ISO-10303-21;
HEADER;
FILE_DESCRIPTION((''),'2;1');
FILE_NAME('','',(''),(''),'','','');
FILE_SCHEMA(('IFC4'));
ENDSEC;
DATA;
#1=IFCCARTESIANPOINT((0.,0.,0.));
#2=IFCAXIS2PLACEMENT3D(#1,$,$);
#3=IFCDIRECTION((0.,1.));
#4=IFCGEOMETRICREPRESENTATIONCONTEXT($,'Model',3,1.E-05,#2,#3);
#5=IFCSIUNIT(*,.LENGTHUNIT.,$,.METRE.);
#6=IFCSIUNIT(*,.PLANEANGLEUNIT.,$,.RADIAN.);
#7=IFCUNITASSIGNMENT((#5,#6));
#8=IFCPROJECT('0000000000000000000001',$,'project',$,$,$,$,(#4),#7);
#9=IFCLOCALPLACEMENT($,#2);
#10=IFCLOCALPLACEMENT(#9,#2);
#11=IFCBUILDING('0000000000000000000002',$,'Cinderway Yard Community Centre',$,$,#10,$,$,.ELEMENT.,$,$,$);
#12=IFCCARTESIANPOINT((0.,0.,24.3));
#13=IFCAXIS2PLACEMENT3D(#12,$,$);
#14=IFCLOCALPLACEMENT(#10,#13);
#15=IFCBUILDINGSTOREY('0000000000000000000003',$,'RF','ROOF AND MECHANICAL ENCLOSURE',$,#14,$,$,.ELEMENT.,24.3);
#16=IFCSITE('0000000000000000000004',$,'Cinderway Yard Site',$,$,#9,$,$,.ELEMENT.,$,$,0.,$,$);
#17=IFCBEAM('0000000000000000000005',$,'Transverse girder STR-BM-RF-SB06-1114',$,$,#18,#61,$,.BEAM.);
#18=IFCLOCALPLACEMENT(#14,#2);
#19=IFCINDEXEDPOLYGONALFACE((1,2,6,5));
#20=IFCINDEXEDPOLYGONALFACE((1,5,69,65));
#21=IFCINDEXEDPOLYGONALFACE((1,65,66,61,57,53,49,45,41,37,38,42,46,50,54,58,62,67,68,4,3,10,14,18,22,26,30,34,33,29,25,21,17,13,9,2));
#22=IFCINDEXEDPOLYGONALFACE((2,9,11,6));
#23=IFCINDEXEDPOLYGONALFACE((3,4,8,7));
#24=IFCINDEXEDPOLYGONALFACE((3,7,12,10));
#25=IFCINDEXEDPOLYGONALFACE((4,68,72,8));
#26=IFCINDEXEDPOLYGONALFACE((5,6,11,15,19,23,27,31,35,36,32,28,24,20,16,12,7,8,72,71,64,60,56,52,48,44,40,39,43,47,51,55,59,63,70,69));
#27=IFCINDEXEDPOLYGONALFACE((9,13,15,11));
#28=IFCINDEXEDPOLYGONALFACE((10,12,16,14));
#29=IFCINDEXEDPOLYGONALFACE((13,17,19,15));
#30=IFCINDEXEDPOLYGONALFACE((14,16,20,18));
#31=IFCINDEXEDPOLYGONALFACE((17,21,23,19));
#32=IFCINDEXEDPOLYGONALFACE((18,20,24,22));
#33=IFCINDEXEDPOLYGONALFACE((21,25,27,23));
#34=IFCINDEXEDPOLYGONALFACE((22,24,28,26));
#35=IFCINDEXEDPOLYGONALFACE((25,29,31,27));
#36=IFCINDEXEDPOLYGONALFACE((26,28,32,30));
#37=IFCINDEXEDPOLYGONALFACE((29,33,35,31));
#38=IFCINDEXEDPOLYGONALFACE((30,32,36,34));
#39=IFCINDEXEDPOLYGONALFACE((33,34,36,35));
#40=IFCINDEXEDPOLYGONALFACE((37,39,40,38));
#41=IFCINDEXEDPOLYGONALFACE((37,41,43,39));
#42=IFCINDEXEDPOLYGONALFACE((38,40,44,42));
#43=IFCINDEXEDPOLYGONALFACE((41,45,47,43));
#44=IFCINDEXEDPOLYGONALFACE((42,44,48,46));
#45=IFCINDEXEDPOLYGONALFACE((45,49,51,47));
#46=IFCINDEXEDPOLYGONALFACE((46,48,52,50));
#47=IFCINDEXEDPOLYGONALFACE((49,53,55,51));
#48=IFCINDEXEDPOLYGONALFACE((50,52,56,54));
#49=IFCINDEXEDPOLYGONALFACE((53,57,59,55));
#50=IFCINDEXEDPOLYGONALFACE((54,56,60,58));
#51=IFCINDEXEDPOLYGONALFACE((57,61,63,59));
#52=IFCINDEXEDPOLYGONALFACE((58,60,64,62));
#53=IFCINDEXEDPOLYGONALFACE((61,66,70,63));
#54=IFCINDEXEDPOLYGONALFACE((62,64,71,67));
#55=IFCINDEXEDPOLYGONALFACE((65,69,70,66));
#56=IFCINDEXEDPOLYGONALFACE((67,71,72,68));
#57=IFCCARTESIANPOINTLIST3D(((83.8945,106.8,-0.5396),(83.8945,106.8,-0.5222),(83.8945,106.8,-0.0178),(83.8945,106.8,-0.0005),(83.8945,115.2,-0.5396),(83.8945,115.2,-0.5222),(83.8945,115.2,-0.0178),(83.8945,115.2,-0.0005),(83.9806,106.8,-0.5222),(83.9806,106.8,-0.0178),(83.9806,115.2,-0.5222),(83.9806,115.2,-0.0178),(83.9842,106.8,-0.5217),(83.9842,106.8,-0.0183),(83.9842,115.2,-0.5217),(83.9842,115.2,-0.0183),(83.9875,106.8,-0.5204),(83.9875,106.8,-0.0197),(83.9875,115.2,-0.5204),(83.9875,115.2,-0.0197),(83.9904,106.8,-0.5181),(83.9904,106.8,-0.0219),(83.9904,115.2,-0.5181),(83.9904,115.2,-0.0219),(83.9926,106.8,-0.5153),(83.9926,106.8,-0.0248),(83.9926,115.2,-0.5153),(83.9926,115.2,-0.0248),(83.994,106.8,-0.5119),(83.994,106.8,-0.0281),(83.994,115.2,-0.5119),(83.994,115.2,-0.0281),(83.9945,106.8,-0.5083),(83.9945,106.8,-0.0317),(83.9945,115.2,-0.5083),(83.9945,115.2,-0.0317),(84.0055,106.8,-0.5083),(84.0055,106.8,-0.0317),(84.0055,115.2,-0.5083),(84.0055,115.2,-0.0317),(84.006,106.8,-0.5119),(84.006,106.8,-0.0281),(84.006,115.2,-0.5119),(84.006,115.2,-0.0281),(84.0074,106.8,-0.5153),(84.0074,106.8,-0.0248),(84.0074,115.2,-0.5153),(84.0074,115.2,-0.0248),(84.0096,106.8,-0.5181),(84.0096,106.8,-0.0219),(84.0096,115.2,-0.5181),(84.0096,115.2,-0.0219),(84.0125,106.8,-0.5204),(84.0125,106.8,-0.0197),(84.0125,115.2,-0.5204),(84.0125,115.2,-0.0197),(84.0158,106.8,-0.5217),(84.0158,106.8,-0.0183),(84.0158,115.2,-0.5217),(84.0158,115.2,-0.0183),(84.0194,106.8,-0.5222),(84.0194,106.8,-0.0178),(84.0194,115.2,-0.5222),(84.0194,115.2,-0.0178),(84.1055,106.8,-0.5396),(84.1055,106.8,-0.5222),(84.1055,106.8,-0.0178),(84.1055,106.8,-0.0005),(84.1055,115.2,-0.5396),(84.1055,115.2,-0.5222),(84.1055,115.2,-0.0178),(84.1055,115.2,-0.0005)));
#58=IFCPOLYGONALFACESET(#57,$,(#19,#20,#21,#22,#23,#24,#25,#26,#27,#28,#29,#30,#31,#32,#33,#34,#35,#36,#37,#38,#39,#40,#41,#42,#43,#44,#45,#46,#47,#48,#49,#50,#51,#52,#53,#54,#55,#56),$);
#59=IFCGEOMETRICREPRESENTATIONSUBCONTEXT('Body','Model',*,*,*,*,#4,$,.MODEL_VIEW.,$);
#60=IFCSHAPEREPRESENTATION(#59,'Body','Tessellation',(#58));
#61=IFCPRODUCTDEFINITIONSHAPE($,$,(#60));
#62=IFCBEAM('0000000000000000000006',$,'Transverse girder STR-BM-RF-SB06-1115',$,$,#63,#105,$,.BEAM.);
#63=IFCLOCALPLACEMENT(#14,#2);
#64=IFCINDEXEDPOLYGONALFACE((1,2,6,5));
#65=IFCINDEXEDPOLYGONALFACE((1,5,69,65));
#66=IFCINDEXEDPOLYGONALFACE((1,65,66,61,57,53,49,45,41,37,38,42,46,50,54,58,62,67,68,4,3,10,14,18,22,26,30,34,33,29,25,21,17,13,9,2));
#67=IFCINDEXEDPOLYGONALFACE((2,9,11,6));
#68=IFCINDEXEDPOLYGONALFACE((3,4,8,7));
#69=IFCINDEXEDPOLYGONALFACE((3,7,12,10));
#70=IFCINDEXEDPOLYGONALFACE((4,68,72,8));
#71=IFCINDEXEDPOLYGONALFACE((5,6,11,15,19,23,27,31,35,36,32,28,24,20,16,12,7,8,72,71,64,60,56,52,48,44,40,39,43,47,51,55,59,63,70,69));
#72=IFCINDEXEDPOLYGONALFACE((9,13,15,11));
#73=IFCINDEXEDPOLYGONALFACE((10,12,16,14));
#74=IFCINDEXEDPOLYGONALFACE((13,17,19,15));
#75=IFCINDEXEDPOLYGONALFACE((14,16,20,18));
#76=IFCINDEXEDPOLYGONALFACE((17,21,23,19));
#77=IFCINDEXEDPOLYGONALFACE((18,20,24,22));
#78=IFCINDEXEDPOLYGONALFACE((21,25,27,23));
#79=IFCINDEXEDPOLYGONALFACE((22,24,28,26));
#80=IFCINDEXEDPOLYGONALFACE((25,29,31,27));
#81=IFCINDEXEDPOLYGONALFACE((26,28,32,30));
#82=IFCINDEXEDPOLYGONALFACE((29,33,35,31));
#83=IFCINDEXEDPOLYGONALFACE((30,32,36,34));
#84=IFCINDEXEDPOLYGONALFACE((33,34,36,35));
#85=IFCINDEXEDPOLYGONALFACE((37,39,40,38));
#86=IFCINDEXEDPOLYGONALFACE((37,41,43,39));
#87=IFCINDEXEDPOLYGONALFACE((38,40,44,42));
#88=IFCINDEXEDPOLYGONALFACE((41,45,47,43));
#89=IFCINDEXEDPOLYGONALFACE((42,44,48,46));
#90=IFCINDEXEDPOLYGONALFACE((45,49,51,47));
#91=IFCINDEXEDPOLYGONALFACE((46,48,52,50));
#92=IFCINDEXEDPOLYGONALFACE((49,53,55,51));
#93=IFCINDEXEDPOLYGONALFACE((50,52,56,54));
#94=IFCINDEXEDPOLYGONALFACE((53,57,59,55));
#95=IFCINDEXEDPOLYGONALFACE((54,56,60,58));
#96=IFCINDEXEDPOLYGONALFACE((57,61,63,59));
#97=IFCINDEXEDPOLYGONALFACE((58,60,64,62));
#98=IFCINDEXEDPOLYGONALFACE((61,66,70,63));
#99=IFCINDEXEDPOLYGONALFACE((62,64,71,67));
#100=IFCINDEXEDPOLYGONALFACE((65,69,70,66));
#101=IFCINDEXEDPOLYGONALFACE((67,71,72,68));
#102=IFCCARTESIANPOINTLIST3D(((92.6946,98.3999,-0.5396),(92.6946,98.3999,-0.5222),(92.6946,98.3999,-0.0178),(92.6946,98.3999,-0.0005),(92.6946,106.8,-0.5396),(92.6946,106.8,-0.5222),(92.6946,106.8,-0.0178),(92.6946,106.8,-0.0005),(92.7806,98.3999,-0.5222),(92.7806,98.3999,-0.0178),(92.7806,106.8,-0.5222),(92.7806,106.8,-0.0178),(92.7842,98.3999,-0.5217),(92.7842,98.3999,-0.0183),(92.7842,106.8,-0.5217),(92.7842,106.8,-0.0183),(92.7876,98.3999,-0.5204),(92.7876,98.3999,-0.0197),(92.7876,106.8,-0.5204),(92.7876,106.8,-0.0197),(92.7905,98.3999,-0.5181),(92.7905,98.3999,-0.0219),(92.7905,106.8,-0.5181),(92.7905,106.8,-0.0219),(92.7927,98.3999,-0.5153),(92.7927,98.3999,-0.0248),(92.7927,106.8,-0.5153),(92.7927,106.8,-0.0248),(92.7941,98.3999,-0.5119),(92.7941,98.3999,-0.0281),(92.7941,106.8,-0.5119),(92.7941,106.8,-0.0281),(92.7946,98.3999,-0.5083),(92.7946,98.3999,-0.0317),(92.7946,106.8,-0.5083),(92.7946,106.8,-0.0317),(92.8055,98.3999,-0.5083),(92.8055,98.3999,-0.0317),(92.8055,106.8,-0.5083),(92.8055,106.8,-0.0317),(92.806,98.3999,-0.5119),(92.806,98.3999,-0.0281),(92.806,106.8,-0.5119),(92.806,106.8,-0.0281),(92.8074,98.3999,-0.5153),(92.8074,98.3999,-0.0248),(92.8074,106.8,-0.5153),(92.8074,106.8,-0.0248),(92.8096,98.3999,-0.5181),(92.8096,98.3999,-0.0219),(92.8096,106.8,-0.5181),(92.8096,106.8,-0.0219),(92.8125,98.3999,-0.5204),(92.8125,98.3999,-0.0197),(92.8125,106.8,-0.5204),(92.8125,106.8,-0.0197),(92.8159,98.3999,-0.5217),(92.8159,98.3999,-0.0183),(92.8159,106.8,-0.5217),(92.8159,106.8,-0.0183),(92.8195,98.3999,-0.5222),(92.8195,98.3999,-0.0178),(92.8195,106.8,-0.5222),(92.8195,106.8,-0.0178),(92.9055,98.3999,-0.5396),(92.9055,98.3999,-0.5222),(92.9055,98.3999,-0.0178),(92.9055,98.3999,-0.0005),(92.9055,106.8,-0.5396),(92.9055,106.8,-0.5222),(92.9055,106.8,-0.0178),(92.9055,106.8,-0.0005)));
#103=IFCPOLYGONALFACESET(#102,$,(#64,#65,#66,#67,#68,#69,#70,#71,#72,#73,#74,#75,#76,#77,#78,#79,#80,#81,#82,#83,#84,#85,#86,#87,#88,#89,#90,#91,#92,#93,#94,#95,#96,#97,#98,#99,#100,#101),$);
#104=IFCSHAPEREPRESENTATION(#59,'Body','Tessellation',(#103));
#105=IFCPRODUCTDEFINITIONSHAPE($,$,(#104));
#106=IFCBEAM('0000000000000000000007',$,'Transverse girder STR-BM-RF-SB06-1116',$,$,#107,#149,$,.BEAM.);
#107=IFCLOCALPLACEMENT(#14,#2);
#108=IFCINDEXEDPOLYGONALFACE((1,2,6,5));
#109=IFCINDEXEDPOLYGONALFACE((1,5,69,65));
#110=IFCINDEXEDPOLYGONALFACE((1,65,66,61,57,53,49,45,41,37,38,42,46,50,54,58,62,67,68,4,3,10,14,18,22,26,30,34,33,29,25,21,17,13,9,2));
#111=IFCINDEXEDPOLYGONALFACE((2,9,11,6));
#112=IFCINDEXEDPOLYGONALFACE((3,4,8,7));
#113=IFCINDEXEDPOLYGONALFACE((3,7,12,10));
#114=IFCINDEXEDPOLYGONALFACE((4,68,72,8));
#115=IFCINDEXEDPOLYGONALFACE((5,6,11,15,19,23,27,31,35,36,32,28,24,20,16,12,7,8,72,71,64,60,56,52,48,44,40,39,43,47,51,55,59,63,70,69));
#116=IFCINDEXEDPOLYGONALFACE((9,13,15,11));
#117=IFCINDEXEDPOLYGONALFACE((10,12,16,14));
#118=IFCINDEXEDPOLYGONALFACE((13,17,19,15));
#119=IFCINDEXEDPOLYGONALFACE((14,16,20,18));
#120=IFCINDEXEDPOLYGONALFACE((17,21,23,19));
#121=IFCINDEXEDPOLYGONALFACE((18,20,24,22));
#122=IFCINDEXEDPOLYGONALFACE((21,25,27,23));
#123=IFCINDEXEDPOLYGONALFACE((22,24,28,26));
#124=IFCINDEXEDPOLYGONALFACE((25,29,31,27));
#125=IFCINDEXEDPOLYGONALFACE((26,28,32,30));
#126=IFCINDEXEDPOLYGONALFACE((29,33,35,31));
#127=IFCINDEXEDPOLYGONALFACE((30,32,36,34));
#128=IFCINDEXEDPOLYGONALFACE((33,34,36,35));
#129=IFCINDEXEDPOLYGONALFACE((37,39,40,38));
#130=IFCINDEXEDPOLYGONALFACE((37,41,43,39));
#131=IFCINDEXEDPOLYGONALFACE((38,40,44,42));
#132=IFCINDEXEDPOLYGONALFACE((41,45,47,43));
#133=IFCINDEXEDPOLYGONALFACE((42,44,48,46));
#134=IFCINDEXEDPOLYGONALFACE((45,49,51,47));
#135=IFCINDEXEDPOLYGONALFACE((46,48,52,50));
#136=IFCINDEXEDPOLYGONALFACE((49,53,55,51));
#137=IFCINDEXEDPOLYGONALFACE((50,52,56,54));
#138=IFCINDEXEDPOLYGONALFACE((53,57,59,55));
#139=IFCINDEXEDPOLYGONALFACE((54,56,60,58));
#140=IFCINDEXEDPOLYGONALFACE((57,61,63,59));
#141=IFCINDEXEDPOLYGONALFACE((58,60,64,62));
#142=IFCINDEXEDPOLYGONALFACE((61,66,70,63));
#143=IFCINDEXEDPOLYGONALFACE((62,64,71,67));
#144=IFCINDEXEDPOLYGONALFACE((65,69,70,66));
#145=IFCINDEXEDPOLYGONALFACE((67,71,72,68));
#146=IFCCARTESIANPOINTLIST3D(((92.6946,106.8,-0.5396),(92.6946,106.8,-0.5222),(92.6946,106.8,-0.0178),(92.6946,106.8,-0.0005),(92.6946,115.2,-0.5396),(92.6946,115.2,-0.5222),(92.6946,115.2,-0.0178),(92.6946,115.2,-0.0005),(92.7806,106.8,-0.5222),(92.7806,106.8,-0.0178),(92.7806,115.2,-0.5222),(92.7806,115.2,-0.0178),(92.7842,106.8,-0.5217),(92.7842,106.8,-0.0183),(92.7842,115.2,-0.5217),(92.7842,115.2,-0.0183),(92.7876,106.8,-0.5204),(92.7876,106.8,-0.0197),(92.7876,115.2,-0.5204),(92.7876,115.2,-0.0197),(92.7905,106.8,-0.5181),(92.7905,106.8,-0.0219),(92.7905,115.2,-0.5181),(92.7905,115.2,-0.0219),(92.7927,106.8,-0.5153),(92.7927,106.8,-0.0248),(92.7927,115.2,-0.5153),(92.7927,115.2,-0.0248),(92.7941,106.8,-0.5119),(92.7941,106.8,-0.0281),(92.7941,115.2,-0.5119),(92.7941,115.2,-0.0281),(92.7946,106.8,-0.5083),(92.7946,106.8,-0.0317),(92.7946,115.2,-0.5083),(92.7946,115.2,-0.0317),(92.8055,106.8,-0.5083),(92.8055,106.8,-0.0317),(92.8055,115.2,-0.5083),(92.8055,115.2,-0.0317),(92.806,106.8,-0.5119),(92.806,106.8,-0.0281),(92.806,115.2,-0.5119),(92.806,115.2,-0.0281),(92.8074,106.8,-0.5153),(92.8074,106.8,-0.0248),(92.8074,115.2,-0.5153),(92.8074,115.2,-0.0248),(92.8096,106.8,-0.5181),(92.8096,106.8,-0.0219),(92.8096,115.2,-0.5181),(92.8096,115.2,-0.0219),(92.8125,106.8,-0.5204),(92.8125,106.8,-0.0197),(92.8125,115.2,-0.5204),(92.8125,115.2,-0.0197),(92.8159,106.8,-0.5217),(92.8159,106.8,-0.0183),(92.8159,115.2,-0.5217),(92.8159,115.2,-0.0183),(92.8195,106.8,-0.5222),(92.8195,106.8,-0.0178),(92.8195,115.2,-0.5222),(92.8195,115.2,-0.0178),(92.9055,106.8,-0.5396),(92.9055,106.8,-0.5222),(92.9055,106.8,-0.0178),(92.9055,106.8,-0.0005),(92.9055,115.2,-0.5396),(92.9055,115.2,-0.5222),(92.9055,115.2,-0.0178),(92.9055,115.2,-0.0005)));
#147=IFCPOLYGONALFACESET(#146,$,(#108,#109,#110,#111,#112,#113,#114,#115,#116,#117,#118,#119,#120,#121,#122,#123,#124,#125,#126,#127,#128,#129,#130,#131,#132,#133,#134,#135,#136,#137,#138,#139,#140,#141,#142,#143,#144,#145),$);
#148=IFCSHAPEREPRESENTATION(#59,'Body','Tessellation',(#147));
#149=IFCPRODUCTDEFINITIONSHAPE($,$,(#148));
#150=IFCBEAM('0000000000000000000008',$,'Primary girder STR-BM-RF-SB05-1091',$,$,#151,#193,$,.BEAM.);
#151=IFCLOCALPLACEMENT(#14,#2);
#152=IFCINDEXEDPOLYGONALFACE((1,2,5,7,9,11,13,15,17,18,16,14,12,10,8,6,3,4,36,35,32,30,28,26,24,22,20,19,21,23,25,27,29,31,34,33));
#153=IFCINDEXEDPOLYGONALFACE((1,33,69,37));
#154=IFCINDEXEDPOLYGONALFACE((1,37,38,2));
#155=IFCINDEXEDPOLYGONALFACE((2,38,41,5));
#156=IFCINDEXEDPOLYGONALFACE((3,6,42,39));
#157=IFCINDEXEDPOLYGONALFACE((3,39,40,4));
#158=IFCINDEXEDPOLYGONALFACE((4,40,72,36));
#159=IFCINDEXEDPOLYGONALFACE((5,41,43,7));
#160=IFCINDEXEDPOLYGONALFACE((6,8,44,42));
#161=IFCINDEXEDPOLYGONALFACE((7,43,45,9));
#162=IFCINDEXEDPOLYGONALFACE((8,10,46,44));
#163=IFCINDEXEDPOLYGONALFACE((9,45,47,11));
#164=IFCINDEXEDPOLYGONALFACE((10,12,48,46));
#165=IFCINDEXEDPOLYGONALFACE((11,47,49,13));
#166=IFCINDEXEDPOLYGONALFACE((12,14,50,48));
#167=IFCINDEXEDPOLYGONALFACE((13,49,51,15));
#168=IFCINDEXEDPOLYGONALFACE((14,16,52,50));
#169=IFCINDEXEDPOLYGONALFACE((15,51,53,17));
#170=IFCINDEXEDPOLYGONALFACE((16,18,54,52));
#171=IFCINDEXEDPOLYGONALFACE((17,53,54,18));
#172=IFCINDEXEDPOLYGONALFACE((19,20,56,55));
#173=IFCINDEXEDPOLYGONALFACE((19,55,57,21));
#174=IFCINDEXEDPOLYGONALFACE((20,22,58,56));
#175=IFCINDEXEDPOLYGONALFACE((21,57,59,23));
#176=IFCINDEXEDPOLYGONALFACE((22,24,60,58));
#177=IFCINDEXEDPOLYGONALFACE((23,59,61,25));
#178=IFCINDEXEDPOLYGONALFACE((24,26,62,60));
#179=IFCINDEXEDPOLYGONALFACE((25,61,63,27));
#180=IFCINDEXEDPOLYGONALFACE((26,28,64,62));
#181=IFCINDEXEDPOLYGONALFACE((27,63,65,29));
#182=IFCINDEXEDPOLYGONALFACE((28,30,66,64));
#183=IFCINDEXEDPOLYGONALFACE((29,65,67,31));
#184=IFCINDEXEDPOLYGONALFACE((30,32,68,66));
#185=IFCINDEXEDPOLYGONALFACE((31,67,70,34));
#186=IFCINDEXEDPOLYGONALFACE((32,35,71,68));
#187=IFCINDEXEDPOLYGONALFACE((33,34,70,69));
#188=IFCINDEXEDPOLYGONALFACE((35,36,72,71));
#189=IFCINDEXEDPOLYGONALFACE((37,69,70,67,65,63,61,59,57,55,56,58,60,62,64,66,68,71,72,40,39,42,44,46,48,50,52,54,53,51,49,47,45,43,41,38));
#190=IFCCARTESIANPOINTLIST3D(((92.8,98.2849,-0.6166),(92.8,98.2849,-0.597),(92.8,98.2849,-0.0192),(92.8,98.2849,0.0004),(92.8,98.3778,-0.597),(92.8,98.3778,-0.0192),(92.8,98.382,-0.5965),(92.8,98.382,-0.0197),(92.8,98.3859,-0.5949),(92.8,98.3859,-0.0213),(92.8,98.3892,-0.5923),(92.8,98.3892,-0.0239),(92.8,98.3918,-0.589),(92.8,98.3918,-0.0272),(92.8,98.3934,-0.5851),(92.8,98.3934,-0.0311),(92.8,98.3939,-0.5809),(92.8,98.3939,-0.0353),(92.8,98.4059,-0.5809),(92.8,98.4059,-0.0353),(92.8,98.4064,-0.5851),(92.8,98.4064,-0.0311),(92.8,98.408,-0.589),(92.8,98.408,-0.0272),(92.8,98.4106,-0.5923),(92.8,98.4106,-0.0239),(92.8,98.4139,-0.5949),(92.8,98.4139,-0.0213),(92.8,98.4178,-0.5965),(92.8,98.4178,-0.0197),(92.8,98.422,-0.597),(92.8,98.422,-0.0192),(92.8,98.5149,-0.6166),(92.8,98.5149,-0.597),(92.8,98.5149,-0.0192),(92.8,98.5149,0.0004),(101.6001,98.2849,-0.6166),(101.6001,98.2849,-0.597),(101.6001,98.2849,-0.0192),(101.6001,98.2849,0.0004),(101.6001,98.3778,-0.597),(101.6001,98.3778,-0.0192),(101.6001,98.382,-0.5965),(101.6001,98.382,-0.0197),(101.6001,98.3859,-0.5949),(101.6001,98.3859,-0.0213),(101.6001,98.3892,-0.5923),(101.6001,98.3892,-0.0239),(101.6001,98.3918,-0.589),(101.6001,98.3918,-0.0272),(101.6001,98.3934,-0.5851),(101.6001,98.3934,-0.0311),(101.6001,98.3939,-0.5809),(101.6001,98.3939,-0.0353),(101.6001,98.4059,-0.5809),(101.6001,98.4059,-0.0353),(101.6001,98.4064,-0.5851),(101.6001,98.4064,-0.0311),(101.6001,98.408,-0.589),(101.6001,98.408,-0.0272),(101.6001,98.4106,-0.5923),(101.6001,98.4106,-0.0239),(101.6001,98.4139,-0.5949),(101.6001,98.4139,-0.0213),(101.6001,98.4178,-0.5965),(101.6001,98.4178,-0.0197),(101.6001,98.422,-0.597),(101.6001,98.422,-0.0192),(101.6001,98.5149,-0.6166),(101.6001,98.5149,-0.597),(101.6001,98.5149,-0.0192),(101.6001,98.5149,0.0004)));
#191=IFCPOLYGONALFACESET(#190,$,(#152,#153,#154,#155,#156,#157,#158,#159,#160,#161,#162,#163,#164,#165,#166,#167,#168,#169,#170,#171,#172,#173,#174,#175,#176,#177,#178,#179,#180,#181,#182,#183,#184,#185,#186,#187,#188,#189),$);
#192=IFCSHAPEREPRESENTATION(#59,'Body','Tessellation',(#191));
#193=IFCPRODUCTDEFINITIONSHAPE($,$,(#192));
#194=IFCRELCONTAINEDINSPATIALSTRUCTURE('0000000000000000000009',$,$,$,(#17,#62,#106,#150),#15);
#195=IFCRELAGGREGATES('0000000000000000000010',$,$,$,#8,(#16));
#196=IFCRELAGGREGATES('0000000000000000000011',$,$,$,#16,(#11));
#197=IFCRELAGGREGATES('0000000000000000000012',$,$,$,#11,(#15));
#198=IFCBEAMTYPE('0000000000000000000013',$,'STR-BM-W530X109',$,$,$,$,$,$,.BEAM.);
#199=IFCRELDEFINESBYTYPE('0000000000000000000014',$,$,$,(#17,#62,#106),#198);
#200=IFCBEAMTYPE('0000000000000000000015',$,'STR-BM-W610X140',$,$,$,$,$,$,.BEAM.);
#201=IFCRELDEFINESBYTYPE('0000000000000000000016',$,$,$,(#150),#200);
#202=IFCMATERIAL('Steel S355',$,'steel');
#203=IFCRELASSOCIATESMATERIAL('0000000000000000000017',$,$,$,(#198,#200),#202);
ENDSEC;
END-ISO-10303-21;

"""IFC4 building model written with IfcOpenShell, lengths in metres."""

from ifc_helpers import new_model, si_unit, direction, frame, origin, origin_2d, place, context, subcontext, project, spatial, i_section, extrude, material, material_profile, profile_set, type_object, element, save


model = new_model("IFC4")

# Units and contexts
model_context = context("Model", 3, precision=1e-05, world=origin(), true_north=direction((0.0, 1.0)))
body_context = subcontext(model_context, "Body", "Model", "MODEL_VIEW")
ifc_project = project(units=[si_unit("LENGTHUNIT", "METRE"), si_unit("PLANEANGLEUNIT", "RADIAN")], contexts=[model_context])

# Site, building, storey
site_placement = place(None, origin())
site = spatial("IfcSite", under=ifc_project, at=site_placement, Name="Cinderway Yard Site", CompositionType="ELEMENT", RefElevation=0.0)
building_placement = place(site_placement, origin())
building = spatial("IfcBuilding", under=site, at=building_placement, Name="Cinderway Yard Community Centre", CompositionType="ELEMENT")
storey_placement = place(building_placement, frame((0.0, 0.0, 24.3)))
storey = spatial("IfcBuildingStorey", under=building, at=storey_placement, Name="RF", Description="ROOF AND MECHANICAL ENCLOSURE", CompositionType="ELEMENT", Elevation=24.3)

# Shared definitions
ifc_material_1 = material(Name="Steel S355", Category="steel")

# Beams
ifc_material_profile_1 = material_profile(ifc_material_1, i_section(OverallWidth=0.2109, OverallDepth=0.5391, WebThickness=0.011, FlangeThickness=0.0173, FilletRadius=0.0139, at=origin_2d()), Name="Steel S355")
ifc_profile_set_1 = profile_set([ifc_material_profile_1], Name="Steel S355")
beam_type_1 = type_object("IfcBeamType", Name="STR-BM-W530X109", PredefinedType="BEAM", material=ifc_profile_set_1)
beam_1_placement = place(storey_placement, frame((84.0, 106.8, -0.27), z_axis=(0.0, 1.0, 0.0), x_axis=(-1.0, 0.0, 0.0)))
element("IfcBeam", 1, at=beam_1_placement, inside=storey, type_object=beam_type_1, Name="Transverse girder STR-BM-RF-SB06-1114", PredefinedType="BEAM", context=body_context, shape_type="SweptSolid", body=[
    extrude(i_section(OverallWidth=0.2109, OverallDepth=0.5391, WebThickness=0.011, FlangeThickness=0.0173, FilletRadius=0.0139, at=origin_2d()), origin(), (0.0, 0.0, 1.0), 8.3999),
])
beam_2_placement = place(storey_placement, frame((92.8, 98.3999, -0.27), z_axis=(0.0, 1.0, 0.0), x_axis=(-1.0, 0.0, 0.0)))
element("IfcBeam", 2, at=beam_2_placement, inside=storey, type_object=beam_type_1, Name="Transverse girder STR-BM-RF-SB06-1115", PredefinedType="BEAM", context=body_context, shape_type="SweptSolid", body=[
    extrude(i_section(OverallWidth=0.2109, OverallDepth=0.5391, WebThickness=0.011, FlangeThickness=0.0173, FilletRadius=0.0139, at=origin_2d()), origin(), (0.0, 0.0, 1.0), 8.4001),
])
beam_3_placement = place(storey_placement, frame((92.8, 106.8, -0.27), z_axis=(0.0, 1.0, 0.0), x_axis=(-1.0, 0.0, 0.0)))
element("IfcBeam", 3, at=beam_3_placement, inside=storey, type_object=beam_type_1, Name="Transverse girder STR-BM-RF-SB06-1116", PredefinedType="BEAM", context=body_context, shape_type="SweptSolid", body=[
    extrude(i_section(OverallWidth=0.2109, OverallDepth=0.5391, WebThickness=0.011, FlangeThickness=0.0173, FilletRadius=0.0139, at=origin_2d()), origin(), (0.0, 0.0, 1.0), 8.3999),
])
ifc_material_profile_2 = material_profile(ifc_material_1, i_section(OverallWidth=0.23, OverallDepth=0.6169, WebThickness=0.012, FlangeThickness=0.0195, FilletRadius=0.0161, at=origin_2d()), Name="Steel S355")
ifc_profile_set_2 = profile_set([ifc_material_profile_2], Name="Steel S355")
beam_type_2 = type_object("IfcBeamType", Name="STR-BM-W610X140", PredefinedType="BEAM", material=ifc_profile_set_2)
for number, where, z_axis, x_axis, name in (
    (4, (92.8, 98.3999, -0.3081), (1.0, 0.0, 0.0), (0.0, 1.0, 0.0), "Primary girder STR-BM-RF-SB05-1091"),
):
    element("IfcBeam", number, at=place(storey_placement, frame(where, z_axis=z_axis, x_axis=x_axis)), inside=storey, type_object=beam_type_2, Name=name, PredefinedType="BEAM", context=body_context, shape_type="SweptSolid", body=[
        extrude(i_section(OverallWidth=0.23, OverallDepth=0.6169, WebThickness=0.012, FlangeThickness=0.0195, FilletRadius=0.0161, at=origin_2d()), origin(), (0.0, 0.0, 1.0), 8.8),
    ])

save(model, "model.ifc")
